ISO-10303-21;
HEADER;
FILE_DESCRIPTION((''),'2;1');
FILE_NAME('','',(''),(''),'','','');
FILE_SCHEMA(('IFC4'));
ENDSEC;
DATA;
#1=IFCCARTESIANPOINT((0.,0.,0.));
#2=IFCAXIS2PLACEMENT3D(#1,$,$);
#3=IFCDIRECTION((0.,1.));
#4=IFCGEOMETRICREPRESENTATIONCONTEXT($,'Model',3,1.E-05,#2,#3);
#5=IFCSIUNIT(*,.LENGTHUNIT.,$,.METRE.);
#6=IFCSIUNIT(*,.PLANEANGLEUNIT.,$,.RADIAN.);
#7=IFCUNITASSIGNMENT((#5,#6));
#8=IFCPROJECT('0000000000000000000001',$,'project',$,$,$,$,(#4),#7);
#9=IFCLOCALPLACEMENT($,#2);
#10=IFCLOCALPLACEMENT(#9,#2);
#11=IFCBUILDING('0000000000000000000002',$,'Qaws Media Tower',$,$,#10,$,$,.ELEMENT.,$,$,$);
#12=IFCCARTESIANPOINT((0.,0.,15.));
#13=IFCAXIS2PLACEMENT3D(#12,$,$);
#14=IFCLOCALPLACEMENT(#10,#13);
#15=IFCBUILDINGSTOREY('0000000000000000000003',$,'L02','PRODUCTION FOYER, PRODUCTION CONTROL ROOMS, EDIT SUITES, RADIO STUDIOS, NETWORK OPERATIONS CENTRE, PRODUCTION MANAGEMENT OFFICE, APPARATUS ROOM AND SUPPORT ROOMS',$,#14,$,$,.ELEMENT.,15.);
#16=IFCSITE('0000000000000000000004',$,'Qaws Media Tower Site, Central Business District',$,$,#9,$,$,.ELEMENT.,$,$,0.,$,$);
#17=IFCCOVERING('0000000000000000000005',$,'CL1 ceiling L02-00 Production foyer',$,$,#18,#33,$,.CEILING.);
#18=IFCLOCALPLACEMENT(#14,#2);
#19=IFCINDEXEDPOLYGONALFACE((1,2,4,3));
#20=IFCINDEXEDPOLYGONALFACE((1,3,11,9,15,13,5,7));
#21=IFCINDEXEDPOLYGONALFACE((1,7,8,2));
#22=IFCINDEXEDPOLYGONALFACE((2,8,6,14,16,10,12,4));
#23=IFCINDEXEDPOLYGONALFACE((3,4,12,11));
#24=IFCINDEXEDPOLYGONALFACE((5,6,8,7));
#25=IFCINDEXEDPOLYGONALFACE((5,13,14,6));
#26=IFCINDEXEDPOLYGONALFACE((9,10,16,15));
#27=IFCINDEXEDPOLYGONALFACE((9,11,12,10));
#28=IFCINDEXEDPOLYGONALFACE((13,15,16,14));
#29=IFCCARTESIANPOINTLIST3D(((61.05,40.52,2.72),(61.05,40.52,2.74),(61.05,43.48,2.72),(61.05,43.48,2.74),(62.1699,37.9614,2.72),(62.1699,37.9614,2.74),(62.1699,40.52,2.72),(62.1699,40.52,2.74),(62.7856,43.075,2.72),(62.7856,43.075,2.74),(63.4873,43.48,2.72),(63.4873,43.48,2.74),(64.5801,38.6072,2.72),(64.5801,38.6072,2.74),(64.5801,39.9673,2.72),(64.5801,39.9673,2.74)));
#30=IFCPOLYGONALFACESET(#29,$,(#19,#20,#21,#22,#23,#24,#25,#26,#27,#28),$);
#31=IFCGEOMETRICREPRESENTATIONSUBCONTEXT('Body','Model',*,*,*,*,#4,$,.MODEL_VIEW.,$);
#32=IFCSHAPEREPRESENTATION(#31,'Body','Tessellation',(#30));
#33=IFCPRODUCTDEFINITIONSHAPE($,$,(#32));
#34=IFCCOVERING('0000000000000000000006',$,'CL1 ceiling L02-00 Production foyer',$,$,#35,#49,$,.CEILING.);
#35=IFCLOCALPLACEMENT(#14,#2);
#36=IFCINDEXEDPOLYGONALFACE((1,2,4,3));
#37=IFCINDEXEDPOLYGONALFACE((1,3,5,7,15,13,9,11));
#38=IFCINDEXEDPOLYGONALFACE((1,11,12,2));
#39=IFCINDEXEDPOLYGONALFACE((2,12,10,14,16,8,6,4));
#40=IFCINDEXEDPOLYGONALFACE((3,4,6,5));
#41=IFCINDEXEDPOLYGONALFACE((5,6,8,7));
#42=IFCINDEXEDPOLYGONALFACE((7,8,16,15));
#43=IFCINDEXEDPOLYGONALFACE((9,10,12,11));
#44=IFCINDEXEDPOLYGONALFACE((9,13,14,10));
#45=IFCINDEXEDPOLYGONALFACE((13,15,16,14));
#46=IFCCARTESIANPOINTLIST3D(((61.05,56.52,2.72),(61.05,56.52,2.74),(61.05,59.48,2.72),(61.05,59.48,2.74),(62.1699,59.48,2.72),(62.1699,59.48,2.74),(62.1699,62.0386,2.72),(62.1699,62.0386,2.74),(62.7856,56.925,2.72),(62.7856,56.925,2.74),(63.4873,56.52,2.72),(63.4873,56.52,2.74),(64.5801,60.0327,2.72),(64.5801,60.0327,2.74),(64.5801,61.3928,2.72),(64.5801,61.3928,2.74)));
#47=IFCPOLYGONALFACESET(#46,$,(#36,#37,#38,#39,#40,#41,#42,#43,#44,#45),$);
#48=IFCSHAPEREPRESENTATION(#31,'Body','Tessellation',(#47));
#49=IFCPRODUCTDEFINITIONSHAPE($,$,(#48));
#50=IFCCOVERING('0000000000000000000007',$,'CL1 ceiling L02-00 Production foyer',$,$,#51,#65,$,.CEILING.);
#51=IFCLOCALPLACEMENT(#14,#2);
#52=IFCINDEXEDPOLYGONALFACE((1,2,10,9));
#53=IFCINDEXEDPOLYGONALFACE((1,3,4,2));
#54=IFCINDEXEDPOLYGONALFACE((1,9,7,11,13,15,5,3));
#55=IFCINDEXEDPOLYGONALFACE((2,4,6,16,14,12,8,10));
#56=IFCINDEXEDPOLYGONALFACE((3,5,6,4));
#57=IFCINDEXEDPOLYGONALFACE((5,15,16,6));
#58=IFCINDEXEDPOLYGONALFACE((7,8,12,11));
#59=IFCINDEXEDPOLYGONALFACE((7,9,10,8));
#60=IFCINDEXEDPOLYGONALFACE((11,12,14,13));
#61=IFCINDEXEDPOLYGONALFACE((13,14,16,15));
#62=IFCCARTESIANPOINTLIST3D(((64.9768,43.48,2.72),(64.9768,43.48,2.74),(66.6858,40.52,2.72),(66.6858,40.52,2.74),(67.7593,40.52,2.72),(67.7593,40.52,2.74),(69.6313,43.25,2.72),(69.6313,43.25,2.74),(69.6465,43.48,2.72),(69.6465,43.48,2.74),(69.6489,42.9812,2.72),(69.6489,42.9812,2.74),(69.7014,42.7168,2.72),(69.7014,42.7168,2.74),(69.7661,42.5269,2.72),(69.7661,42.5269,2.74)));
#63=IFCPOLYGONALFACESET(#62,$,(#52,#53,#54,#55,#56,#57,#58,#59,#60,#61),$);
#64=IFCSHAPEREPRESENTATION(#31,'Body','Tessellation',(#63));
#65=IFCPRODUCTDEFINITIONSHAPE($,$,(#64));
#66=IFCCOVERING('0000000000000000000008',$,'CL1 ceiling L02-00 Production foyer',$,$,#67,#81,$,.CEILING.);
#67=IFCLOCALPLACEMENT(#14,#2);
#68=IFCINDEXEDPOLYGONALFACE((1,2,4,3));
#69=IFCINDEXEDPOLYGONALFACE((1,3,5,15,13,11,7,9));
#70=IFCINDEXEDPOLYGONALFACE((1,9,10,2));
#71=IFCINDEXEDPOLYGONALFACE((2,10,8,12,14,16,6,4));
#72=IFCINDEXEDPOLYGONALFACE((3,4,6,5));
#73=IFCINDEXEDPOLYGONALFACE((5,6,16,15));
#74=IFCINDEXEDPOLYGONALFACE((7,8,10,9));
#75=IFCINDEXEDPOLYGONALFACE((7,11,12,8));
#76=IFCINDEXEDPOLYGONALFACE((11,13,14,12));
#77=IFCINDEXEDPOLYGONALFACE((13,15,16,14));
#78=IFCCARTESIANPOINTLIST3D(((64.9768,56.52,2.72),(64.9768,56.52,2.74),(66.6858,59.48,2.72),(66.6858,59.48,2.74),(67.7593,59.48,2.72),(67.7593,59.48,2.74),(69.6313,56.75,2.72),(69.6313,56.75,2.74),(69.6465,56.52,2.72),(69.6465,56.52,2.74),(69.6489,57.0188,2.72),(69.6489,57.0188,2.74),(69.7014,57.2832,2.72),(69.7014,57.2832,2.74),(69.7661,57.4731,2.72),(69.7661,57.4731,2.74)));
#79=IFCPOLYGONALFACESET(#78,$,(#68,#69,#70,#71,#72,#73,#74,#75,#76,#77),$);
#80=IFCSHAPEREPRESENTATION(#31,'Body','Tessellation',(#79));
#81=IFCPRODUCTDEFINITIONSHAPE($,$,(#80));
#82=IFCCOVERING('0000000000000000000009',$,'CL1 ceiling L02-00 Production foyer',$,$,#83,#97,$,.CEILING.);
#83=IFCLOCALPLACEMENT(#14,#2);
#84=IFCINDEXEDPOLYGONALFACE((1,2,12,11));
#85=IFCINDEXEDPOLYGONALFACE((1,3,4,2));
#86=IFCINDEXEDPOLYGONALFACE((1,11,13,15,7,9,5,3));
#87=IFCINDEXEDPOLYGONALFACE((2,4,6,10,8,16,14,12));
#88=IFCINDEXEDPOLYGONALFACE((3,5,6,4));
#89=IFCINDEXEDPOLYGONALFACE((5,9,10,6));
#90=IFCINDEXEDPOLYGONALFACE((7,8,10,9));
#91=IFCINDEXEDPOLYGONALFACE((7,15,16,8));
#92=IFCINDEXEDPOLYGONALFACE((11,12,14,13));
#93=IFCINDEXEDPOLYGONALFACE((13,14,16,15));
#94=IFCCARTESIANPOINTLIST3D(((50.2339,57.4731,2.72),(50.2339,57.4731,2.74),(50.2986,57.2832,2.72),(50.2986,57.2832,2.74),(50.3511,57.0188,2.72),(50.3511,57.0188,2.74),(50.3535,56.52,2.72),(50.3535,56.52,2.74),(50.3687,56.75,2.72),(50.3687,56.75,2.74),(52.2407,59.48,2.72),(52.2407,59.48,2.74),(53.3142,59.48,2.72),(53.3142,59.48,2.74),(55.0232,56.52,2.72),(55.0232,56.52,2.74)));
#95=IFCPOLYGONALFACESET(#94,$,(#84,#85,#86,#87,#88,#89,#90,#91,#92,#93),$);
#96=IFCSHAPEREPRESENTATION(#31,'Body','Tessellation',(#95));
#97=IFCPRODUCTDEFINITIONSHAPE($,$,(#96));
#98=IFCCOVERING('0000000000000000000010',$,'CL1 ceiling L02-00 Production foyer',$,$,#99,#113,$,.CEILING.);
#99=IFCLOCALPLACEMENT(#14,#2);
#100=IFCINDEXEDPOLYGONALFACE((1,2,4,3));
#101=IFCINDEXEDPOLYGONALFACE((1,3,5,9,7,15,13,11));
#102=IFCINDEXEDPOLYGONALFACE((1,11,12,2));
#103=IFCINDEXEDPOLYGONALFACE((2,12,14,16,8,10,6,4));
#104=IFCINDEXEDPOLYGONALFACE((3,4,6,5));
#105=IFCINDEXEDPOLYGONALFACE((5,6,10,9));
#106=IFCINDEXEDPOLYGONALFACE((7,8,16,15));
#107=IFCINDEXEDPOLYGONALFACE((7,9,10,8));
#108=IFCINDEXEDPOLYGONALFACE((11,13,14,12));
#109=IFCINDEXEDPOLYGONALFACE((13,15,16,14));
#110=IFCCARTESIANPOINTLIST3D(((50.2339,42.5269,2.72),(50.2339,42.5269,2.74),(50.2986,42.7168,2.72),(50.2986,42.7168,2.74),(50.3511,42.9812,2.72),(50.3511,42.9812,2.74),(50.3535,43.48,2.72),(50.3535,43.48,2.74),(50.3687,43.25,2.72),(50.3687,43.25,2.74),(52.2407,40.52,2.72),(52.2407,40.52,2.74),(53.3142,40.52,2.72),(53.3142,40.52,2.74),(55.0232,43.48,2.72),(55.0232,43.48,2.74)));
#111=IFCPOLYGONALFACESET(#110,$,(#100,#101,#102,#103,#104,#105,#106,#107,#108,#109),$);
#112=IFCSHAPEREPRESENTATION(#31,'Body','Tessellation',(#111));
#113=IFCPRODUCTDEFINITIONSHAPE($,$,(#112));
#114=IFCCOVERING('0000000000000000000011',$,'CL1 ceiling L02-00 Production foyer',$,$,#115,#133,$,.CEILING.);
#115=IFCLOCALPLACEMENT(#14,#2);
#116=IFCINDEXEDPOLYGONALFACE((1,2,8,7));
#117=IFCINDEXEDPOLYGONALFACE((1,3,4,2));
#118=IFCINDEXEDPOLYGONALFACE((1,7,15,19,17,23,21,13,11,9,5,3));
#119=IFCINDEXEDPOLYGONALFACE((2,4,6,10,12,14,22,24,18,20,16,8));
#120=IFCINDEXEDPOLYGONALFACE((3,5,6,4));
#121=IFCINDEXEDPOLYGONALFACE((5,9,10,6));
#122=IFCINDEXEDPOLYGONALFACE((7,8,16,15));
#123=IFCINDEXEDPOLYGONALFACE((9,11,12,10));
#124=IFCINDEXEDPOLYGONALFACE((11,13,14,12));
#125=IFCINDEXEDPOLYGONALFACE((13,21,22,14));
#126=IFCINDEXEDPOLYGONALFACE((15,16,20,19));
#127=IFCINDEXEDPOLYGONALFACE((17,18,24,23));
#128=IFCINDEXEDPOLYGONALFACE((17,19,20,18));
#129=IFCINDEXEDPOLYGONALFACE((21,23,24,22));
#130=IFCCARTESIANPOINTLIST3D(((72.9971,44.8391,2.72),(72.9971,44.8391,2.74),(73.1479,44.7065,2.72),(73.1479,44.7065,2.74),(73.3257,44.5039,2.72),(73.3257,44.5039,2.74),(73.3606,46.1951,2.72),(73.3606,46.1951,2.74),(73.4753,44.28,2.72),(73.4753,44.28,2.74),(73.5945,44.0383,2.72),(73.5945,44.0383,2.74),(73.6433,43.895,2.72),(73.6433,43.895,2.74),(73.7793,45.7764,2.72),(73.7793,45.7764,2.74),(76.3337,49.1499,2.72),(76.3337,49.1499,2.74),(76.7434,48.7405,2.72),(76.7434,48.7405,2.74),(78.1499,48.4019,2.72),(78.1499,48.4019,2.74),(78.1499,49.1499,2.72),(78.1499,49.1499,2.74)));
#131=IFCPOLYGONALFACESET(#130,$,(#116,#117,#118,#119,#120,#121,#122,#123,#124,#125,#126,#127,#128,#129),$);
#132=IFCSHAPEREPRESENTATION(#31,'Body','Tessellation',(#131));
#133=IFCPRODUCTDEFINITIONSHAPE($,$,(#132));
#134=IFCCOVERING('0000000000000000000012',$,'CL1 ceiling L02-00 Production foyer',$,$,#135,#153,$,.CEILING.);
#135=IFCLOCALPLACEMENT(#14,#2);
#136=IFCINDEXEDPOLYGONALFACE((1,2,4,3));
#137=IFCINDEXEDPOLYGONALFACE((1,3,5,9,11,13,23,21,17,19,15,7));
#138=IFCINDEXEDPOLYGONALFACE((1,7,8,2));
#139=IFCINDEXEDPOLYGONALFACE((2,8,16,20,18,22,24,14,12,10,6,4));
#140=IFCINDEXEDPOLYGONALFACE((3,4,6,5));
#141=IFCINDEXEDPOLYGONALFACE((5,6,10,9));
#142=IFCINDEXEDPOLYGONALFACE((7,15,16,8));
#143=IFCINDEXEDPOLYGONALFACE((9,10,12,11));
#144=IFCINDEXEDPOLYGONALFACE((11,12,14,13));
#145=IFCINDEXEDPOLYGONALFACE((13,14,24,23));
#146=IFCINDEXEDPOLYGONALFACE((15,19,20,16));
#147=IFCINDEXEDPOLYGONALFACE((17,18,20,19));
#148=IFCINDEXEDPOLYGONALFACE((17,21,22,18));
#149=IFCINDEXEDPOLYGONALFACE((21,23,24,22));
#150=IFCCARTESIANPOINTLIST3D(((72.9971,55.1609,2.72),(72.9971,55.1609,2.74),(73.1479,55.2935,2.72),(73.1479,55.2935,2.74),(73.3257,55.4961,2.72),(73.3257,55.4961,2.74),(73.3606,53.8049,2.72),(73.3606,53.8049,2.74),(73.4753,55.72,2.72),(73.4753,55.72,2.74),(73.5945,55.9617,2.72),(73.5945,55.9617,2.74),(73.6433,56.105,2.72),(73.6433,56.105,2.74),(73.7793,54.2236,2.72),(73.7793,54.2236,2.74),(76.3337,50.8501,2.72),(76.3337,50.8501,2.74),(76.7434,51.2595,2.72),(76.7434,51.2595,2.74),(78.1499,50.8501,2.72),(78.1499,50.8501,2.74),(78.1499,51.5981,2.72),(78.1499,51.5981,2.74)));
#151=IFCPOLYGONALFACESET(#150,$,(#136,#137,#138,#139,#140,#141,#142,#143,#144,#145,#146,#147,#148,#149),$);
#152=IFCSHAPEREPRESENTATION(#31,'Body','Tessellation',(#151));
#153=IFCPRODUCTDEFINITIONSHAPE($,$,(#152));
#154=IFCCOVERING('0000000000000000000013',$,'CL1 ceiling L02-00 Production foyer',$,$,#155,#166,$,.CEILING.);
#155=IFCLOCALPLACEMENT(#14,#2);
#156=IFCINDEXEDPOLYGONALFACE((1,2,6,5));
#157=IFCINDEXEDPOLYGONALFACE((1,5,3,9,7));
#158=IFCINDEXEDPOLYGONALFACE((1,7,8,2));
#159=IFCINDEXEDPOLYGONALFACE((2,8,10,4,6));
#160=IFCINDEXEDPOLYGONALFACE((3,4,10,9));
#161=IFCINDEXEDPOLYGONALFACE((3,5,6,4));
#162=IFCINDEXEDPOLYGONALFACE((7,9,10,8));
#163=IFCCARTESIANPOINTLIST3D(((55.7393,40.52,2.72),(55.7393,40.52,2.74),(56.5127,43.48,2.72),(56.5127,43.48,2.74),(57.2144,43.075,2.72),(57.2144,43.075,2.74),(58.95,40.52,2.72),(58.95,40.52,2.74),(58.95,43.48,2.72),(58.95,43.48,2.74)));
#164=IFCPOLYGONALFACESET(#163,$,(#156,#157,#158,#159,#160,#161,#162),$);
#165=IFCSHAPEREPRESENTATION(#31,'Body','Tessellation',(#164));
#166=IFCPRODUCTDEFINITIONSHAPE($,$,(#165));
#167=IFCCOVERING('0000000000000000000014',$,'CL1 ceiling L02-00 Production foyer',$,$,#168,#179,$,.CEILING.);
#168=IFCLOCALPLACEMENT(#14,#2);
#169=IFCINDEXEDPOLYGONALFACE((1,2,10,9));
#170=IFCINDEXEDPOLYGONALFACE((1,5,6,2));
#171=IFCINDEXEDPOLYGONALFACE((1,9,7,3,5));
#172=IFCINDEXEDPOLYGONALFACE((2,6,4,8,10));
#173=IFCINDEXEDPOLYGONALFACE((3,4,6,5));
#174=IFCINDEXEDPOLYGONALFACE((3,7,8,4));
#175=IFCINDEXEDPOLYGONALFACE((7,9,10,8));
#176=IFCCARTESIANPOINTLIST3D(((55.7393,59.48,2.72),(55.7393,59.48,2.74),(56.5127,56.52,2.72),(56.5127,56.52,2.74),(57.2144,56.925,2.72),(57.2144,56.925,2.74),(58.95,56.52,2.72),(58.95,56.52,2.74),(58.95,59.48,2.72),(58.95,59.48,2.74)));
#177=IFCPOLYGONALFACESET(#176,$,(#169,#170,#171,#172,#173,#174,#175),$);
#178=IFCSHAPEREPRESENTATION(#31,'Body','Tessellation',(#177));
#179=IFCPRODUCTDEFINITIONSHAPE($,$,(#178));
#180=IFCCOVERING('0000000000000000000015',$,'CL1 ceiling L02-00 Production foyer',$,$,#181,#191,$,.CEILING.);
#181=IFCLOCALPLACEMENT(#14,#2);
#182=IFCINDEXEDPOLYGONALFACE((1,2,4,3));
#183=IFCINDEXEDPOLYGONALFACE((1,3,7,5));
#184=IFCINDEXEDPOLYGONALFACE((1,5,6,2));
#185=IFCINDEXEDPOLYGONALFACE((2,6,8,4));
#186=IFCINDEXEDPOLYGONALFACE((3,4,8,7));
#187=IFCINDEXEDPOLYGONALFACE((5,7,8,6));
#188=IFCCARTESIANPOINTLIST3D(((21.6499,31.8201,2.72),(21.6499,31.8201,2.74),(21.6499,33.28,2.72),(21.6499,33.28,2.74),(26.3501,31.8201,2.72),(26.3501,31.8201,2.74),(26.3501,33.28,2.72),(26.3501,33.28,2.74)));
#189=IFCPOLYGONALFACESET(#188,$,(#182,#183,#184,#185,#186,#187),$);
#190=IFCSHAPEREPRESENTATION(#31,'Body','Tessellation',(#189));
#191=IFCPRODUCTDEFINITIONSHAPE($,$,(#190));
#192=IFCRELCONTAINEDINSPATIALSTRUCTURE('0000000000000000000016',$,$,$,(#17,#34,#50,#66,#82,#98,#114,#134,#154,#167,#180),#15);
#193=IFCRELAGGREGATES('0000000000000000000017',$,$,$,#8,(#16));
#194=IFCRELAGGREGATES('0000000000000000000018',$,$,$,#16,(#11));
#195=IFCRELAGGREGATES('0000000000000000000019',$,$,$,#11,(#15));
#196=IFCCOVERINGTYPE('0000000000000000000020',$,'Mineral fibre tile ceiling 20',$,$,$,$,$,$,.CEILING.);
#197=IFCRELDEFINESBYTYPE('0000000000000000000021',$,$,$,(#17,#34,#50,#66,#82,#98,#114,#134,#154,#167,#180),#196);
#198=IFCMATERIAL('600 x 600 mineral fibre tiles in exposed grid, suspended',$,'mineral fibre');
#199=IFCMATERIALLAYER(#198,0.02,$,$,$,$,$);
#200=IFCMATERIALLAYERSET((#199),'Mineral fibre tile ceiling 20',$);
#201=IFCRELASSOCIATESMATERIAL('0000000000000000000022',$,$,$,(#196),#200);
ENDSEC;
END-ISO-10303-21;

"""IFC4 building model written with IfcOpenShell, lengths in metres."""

from ifc_helpers import new_model, si_unit, direction, frame, origin, place, context, subcontext, project, spatial, polyline, outline, extrude, material, layer, layer_set, type_object, element, save


model = new_model("IFC4")

# Units and contexts
model_context = context("Model", 3, precision=1e-05, world=origin(), true_north=direction((0.0, 1.0)))
body_context = subcontext(model_context, "Body", "Model", "MODEL_VIEW")
ifc_project = project(units=[si_unit("LENGTHUNIT", "METRE"), si_unit("PLANEANGLEUNIT", "RADIAN")], contexts=[model_context])

# Site, building, storey
site_placement = place(None, origin())
site = spatial("IfcSite", under=ifc_project, at=site_placement, Name="Qaws Media Tower Site, Central Business District", CompositionType="ELEMENT", RefElevation=0.0)
building_placement = place(site_placement, origin())
building = spatial("IfcBuilding", under=site, at=building_placement, Name="Qaws Media Tower", CompositionType="ELEMENT")
storey_placement = place(building_placement, frame((0.0, 0.0, 15.0)))
storey = spatial("IfcBuildingStorey", under=building, at=storey_placement, Name="L02", Description="PRODUCTION FOYER, PRODUCTION CONTROL ROOMS, EDIT SUITES, RADIO STUDIOS, NETWORK OPERATIONS CENTRE, PRODUCTION MANAGEMENT OFFICE, APPARATUS ROOM AND SUPPORT ROOMS", CompositionType="ELEMENT", Elevation=15.0)

# Coverings
ifc_material = material(Name="600 x 600 mineral fibre tiles in exposed grid, suspended", Category="mineral fibre")
ifc_layer = layer(ifc_material, 0.02)
ifc_layer_set = layer_set([ifc_layer], Name="Mineral fibre tile ceiling 20")
covering_type = type_object("IfcCoveringType", Name="Mineral fibre tile ceiling 20", PredefinedType="CEILING", material=ifc_layer_set)
covering_1_placement = place(storey_placement, frame((0.0, 0.0, 2.72)))
element("IfcCovering", 1, at=covering_1_placement, inside=storey, type_object=covering_type, Name="CL1 ceiling L02-00 Production foyer", PredefinedType="CEILING", context=body_context, shape_type="SweptSolid", body=[
    extrude(outline(polyline([(64.5801, 38.6072), (62.1699, 37.9614), (62.1699, 40.52), (61.05, 40.52), (61.05, 43.48), (63.4873, 43.48), (62.7856, 43.075), (64.5801, 39.9673), (64.5801, 38.6072)])), origin(), (0.0, 0.0, 1.0), 0.02),
])
covering_2_placement = place(storey_placement, frame((0.0, 0.0, 2.72)))
element("IfcCovering", 2, at=covering_2_placement, inside=storey, type_object=covering_type, Name="CL1 ceiling L02-00 Production foyer", PredefinedType="CEILING", context=body_context, shape_type="SweptSolid", body=[
    extrude(outline(polyline([(64.5801, 60.0327), (62.7856, 56.925), (63.4873, 56.52), (61.05, 56.52), (61.05, 59.48), (62.1699, 59.48), (62.1699, 62.0386), (64.5801, 61.3928), (64.5801, 60.0327)])), origin(), (0.0, 0.0, 1.0), 0.02),
])
covering_3_placement = place(storey_placement, frame((0.0, 0.0, 2.72)))
element("IfcCovering", 3, at=covering_3_placement, inside=storey, type_object=covering_type, Name="CL1 ceiling L02-00 Production foyer", PredefinedType="CEILING", context=body_context, shape_type="SweptSolid", body=[
    extrude(outline(polyline([(66.6858, 40.52), (64.9768, 43.48), (69.6465, 43.48), (69.6313, 43.25), (69.6489, 42.9812), (69.7014, 42.7168), (69.7661, 42.5269), (67.7593, 40.52), (66.6858, 40.52)])), origin(), (0.0, 0.0, 1.0), 0.02),
])
covering_4_placement = place(storey_placement, frame((0.0, 0.0, 2.72)))
element("IfcCovering", 4, at=covering_4_placement, inside=storey, type_object=covering_type, Name="CL1 ceiling L02-00 Production foyer", PredefinedType="CEILING", context=body_context, shape_type="SweptSolid", body=[
    extrude(outline(polyline([(67.7593, 59.48), (69.7661, 57.4731), (69.7014, 57.2832), (69.6489, 57.0188), (69.6313, 56.75), (69.6465, 56.52), (64.9768, 56.52), (66.6858, 59.48), (67.7593, 59.48)])), origin(), (0.0, 0.0, 1.0), 0.02),
])
covering_5_placement = place(storey_placement, frame((0.0, 0.0, 2.72)))
element("IfcCovering", 5, at=covering_5_placement, inside=storey, type_object=covering_type, Name="CL1 ceiling L02-00 Production foyer", PredefinedType="CEILING", context=body_context, shape_type="SweptSolid", body=[
    extrude(outline(polyline([(50.3687, 56.75), (50.3511, 57.0188), (50.2986, 57.2832), (50.2339, 57.4731), (52.2407, 59.48), (53.3142, 59.48), (55.0232, 56.52), (50.3535, 56.52), (50.3687, 56.75)])), origin(), (0.0, 0.0, 1.0), 0.02),
])
covering_6_placement = place(storey_placement, frame((0.0, 0.0, 2.72)))
element("IfcCovering", 6, at=covering_6_placement, inside=storey, type_object=covering_type, Name="CL1 ceiling L02-00 Production foyer", PredefinedType="CEILING", context=body_context, shape_type="SweptSolid", body=[
    extrude(outline(polyline([(50.2986, 42.7168), (50.3511, 42.9812), (50.3687, 43.25), (50.3535, 43.48), (55.0232, 43.48), (53.3142, 40.52), (52.2407, 40.52), (50.2339, 42.5269), (50.2986, 42.7168)])), origin(), (0.0, 0.0, 1.0), 0.02),
])
covering_7_placement = place(storey_placement, frame((0.0, 0.0, 2.72)))
element("IfcCovering", 7, at=covering_7_placement, inside=storey, type_object=covering_type, Name="CL1 ceiling L02-00 Production foyer", PredefinedType="CEILING", context=body_context, shape_type="SweptSolid", body=[
    extrude(outline(polyline([(78.1499, 48.4019), (73.6433, 43.895), (73.5945, 44.0383), (73.4753, 44.28), (73.3257, 44.5039), (73.1479, 44.7065), (72.9971, 44.8391), (73.3606, 46.1951), (73.7793, 45.7764), (76.7434, 48.7405), (76.3337, 49.1499), (78.1499, 49.1499), (78.1499, 48.4019)])), origin(), (0.0, 0.0, 1.0), 0.02),
])
covering_8_placement = place(storey_placement, frame((0.0, 0.0, 2.72)))
element("IfcCovering", 8, at=covering_8_placement, inside=storey, type_object=covering_type, Name="CL1 ceiling L02-00 Production foyer", PredefinedType="CEILING", context=body_context, shape_type="SweptSolid", body=[
    extrude(outline(polyline([(78.1499, 50.8501), (76.3337, 50.8501), (76.7434, 51.2595), (73.7793, 54.2236), (73.3606, 53.8049), (72.9971, 55.1609), (73.1479, 55.2935), (73.3257, 55.4961), (73.4753, 55.72), (73.5945, 55.9617), (73.6433, 56.105), (78.1499, 51.5981), (78.1499, 50.8501)])), origin(), (0.0, 0.0, 1.0), 0.02),
])
covering_9_placement = place(storey_placement, frame((0.0, 0.0, 2.72)))
element("IfcCovering", 9, at=covering_9_placement, inside=storey, type_object=covering_type, Name="CL1 ceiling L02-00 Production foyer", PredefinedType="CEILING", context=body_context, shape_type="SweptSolid", body=[
    extrude(outline(polyline([(58.95, 43.48), (58.95, 40.52), (55.7393, 40.52), (57.2144, 43.075), (56.5127, 43.48), (58.95, 43.48)])), origin(), (0.0, 0.0, 1.0), 0.02),
])
covering_10_placement = place(storey_placement, frame((0.0, 0.0, 2.72)))
element("IfcCovering", 10, at=covering_10_placement, inside=storey, type_object=covering_type, Name="CL1 ceiling L02-00 Production foyer", PredefinedType="CEILING", context=body_context, shape_type="SweptSolid", body=[
    extrude(outline(polyline([(56.5127, 56.52), (57.2144, 56.925), (55.7393, 59.48), (58.95, 59.48), (58.95, 56.52), (56.5127, 56.52)])), origin(), (0.0, 0.0, 1.0), 0.02),
])
covering_11_placement = place(storey_placement, frame((0.0, 0.0, 2.72)))
element("IfcCovering", 11, at=covering_11_placement, inside=storey, type_object=covering_type, Name="CL1 ceiling L02-00 Production foyer", PredefinedType="CEILING", context=body_context, shape_type="SweptSolid", body=[
    extrude(outline(polyline([(21.6499, 31.8201), (21.6499, 33.28), (26.3501, 33.28), (26.3501, 31.8201), (21.6499, 31.8201)])), origin(), (0.0, 0.0, 1.0), 0.02),
])

save(model, "model.ifc")
